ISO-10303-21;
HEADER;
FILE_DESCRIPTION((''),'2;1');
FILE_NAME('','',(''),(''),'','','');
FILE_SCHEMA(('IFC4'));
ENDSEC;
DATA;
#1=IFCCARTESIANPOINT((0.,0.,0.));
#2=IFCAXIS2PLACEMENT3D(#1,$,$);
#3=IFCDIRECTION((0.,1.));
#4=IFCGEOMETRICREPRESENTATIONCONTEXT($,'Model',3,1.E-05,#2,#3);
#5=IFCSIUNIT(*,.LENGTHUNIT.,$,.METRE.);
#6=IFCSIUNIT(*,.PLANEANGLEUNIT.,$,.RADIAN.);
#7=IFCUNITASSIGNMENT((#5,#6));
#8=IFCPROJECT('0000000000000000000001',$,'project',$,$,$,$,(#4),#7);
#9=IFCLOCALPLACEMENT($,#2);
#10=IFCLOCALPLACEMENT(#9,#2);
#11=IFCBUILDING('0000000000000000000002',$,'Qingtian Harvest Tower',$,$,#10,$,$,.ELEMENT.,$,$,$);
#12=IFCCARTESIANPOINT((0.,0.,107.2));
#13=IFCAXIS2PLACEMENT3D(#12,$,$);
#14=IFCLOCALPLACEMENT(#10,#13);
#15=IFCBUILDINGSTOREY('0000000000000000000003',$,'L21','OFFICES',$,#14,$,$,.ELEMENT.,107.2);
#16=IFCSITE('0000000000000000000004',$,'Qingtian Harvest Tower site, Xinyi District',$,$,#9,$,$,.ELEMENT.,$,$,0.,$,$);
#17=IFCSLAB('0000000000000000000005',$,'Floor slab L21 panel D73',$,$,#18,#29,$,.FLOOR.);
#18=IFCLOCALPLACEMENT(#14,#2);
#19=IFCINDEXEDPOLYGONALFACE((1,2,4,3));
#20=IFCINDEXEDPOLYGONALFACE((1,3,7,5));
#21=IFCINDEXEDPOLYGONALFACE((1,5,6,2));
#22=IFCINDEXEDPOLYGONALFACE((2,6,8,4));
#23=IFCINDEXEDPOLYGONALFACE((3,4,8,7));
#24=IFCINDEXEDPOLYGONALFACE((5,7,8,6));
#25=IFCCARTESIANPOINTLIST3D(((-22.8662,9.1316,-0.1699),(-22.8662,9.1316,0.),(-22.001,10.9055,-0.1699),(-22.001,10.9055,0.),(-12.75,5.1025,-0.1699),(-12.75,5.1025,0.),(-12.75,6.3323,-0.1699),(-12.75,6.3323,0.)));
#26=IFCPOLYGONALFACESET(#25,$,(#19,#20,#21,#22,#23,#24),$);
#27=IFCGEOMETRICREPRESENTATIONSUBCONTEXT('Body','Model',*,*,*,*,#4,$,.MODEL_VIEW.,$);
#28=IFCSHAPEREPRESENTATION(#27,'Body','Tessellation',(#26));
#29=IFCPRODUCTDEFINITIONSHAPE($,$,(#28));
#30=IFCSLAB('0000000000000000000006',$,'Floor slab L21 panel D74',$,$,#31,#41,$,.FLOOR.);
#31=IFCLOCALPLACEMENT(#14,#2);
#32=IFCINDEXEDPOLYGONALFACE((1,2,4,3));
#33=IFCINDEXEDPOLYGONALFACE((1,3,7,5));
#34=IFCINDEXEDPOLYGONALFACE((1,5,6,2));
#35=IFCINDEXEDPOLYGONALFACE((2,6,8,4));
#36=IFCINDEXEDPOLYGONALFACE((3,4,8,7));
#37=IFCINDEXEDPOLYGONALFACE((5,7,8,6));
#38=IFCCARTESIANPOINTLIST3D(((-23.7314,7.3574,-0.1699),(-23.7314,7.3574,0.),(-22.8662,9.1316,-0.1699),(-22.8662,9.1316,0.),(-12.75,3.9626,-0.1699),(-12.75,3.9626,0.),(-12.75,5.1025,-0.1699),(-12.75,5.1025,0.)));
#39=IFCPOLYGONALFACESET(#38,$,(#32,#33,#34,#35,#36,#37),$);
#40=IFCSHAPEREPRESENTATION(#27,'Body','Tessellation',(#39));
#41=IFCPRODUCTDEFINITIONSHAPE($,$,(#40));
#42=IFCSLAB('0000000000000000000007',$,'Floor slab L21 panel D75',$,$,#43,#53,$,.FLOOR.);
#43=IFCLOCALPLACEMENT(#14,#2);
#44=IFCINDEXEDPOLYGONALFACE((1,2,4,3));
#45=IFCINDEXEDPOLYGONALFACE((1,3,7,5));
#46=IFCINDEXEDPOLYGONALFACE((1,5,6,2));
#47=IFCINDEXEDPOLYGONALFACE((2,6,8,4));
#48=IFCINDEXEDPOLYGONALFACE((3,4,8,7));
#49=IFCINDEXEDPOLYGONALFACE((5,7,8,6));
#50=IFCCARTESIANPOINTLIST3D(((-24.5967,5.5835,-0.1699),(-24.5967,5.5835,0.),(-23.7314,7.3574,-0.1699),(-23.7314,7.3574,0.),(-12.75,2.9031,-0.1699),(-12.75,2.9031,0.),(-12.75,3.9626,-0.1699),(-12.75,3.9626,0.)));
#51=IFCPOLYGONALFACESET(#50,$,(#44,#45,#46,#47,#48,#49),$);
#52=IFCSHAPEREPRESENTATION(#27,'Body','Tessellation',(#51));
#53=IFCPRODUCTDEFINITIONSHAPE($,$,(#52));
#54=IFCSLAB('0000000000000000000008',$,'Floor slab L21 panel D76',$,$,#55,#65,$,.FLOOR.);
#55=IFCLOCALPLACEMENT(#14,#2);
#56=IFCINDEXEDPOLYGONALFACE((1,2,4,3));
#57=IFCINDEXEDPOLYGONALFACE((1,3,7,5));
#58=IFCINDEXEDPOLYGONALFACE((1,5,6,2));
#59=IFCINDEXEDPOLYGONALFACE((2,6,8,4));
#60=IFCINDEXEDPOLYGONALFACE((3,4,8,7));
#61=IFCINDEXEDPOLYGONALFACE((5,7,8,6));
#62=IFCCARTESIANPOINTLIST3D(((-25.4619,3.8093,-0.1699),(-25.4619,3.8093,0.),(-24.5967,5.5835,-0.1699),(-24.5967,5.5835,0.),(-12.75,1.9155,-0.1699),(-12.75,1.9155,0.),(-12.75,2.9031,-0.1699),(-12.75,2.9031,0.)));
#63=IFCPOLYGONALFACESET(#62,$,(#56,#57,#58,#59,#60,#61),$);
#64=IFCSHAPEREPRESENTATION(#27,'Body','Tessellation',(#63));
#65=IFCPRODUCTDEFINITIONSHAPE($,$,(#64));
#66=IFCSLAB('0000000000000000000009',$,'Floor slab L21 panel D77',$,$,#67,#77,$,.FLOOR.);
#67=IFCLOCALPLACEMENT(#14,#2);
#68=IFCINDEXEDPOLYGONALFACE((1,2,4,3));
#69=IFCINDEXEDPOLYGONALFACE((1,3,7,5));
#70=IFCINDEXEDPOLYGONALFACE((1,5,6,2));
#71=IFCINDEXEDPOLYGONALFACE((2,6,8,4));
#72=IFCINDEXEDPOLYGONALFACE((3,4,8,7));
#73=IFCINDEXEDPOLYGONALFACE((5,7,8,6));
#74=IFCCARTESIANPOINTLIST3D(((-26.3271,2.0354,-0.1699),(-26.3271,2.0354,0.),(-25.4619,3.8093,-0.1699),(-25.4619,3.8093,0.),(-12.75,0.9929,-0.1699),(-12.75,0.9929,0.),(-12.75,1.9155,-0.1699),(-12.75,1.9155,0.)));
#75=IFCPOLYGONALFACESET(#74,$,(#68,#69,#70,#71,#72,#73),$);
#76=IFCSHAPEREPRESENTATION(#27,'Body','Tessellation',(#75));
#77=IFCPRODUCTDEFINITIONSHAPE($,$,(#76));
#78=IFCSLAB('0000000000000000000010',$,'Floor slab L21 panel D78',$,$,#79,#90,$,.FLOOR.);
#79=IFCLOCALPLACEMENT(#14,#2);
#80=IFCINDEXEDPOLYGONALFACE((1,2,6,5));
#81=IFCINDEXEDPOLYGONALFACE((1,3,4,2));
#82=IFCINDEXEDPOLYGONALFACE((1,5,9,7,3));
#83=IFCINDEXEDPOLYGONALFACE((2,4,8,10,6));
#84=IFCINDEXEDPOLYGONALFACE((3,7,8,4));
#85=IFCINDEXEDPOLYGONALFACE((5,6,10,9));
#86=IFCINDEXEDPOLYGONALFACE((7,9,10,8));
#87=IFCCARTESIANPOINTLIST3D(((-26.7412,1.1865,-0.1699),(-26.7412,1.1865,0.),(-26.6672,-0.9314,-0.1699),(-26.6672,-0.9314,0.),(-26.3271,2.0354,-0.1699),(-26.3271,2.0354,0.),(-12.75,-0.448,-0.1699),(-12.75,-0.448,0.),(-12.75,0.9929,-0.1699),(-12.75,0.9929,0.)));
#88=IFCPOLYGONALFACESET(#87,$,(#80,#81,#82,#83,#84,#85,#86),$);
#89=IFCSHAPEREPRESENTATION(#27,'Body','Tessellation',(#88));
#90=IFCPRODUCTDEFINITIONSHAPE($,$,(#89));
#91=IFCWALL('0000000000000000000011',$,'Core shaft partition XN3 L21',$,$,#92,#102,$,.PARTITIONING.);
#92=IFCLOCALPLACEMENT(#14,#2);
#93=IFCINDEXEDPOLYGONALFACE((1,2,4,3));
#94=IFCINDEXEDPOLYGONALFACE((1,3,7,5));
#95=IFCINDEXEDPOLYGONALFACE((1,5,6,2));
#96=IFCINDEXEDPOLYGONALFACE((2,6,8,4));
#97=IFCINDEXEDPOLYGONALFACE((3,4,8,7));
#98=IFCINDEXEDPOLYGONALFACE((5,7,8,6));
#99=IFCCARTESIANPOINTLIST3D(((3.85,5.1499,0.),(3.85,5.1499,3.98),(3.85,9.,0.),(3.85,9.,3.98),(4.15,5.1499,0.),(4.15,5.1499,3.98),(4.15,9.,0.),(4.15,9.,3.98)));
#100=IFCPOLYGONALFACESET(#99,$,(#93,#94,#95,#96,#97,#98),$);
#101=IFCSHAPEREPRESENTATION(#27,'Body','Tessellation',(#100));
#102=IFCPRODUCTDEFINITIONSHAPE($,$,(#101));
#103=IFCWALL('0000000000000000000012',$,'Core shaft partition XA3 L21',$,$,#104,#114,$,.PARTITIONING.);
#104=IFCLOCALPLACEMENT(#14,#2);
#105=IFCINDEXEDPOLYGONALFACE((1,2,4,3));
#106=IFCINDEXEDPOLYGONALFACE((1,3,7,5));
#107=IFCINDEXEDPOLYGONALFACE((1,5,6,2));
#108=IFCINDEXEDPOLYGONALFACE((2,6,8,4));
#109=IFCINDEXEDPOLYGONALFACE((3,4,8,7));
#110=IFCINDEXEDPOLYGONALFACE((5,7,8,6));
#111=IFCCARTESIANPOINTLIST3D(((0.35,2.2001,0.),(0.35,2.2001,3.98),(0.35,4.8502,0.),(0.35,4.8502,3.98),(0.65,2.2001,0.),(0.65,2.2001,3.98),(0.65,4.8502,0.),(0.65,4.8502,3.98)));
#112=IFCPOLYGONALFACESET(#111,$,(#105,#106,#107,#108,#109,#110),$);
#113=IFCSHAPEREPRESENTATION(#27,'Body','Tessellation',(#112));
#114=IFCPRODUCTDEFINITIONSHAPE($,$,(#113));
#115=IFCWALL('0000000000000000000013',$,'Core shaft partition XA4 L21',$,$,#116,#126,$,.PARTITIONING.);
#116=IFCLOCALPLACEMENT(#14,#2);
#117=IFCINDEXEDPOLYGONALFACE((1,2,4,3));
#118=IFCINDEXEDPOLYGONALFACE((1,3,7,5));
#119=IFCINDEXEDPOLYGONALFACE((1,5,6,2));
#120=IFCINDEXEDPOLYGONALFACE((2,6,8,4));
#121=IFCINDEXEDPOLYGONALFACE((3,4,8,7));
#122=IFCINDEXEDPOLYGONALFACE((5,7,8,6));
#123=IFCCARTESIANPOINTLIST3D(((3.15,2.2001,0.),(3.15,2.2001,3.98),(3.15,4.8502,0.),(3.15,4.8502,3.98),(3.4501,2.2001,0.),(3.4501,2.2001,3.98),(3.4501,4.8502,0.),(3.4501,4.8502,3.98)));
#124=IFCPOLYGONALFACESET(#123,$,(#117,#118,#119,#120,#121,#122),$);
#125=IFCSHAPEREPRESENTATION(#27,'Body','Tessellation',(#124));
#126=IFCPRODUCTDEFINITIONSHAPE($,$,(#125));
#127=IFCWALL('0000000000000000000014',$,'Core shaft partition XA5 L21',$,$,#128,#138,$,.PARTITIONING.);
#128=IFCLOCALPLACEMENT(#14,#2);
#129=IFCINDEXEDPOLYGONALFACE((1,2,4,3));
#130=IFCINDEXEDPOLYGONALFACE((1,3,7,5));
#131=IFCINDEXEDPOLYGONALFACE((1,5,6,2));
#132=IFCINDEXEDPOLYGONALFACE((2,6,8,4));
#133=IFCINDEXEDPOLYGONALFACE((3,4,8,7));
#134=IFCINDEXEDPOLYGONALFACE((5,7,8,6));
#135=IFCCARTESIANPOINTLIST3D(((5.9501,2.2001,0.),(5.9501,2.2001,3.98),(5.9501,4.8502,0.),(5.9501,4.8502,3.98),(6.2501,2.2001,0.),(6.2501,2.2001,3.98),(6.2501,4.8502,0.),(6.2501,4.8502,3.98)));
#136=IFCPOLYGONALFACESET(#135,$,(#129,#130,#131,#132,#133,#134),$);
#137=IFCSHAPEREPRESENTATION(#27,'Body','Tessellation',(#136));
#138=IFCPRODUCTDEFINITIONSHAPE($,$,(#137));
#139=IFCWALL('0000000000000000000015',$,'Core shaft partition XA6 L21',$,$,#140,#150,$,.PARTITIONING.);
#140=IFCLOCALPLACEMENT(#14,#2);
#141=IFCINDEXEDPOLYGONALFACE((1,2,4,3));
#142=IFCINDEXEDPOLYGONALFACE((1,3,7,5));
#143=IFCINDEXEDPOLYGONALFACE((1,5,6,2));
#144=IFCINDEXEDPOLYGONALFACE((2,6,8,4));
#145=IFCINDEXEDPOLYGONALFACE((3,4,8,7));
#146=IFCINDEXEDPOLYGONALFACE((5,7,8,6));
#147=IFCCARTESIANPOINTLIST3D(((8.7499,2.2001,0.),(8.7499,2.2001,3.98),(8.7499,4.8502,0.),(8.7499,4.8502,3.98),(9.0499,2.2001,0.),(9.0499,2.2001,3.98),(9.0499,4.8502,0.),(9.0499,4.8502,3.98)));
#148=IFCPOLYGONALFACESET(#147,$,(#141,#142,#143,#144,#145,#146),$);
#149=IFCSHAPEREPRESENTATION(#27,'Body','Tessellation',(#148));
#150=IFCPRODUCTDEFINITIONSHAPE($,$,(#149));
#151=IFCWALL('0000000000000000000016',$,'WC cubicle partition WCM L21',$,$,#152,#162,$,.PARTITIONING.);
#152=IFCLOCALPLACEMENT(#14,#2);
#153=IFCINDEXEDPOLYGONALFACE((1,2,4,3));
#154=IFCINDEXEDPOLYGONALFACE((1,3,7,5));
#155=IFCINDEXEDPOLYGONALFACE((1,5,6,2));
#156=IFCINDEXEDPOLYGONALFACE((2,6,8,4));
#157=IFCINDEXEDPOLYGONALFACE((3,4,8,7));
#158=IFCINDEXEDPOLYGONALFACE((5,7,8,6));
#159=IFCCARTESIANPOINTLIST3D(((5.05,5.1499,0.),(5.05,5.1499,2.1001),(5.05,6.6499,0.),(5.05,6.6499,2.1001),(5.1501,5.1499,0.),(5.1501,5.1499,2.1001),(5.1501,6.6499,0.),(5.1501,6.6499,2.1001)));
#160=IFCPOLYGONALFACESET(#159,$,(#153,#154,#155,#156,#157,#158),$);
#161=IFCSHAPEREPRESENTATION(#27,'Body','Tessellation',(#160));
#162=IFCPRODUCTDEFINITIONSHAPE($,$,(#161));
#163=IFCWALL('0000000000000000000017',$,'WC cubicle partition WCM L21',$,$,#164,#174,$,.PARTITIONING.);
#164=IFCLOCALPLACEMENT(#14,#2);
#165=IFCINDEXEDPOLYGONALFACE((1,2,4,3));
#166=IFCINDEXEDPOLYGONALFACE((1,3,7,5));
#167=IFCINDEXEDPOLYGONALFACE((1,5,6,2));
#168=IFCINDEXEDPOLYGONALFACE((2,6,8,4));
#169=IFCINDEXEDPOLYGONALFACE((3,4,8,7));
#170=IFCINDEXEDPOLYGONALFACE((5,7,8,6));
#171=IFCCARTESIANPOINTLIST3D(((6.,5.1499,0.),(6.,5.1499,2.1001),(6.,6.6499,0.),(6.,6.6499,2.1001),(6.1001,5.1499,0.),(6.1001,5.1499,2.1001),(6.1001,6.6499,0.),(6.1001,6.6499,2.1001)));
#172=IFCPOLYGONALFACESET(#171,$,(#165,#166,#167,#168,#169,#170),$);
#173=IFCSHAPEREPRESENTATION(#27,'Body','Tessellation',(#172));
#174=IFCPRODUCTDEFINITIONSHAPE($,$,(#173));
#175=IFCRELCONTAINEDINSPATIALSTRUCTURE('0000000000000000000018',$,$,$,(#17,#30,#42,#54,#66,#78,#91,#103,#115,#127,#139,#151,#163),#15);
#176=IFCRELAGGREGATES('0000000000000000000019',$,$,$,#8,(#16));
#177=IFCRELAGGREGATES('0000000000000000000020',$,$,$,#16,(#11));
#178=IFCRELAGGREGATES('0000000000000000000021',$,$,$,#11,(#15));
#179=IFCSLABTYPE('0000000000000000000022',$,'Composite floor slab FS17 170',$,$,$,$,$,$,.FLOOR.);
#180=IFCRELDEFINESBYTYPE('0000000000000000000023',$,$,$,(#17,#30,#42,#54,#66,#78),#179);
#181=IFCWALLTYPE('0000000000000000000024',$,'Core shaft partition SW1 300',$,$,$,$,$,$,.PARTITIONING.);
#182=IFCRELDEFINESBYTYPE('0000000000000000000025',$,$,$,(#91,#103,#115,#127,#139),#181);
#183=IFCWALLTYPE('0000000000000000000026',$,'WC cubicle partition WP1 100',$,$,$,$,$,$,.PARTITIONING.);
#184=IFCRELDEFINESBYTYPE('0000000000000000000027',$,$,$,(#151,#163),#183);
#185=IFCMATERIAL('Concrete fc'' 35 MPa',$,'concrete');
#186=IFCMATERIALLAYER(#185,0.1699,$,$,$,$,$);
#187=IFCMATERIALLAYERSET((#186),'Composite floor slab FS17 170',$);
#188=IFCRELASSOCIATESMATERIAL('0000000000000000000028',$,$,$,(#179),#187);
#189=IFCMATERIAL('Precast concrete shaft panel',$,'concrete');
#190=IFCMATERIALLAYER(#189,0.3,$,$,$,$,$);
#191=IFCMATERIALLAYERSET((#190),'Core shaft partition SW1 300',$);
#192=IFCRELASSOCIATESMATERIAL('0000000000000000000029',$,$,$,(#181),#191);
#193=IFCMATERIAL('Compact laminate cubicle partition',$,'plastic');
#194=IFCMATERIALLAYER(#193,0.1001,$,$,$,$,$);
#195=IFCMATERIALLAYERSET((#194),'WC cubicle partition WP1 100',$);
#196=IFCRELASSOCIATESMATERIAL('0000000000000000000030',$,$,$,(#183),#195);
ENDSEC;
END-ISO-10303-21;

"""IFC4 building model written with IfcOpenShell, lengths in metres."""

from ifc_helpers import new_model, si_unit, direction, frame, frame_2d, origin, place, context, subcontext, project, spatial, polyline, rectangle, outline, extrude, material, layer, layer_set, type_object, element, save


model = new_model("IFC4")

# Units and contexts
model_context = context("Model", 3, precision=1e-05, world=origin(), true_north=direction((0.0, 1.0)))
body_context = subcontext(model_context, "Body", "Model", "MODEL_VIEW")
ifc_project = project(units=[si_unit("LENGTHUNIT", "METRE"), si_unit("PLANEANGLEUNIT", "RADIAN")], contexts=[model_context])

# Site, building, storey
site_placement = place(None, origin())
site = spatial("IfcSite", under=ifc_project, at=site_placement, Name="Qingtian Harvest Tower site, Xinyi District", CompositionType="ELEMENT", RefElevation=0.0)
building_placement = place(site_placement, origin())
building = spatial("IfcBuilding", under=site, at=building_placement, Name="Qingtian Harvest Tower", CompositionType="ELEMENT")
storey_placement = place(building_placement, frame((0.0, 0.0, 107.2)))
storey = spatial("IfcBuildingStorey", under=building, at=storey_placement, Name="L21", Description="OFFICES", CompositionType="ELEMENT", Elevation=107.2)

# Slabs
ifc_material_1 = material(Name="Concrete fc' 35 MPa", Category="concrete")
ifc_layer_1 = layer(ifc_material_1, 0.1699)
ifc_layer_set_1 = layer_set([ifc_layer_1], Name="Composite floor slab FS17 170")
slab_type = type_object("IfcSlabType", Name="Composite floor slab FS17 170", PredefinedType="FLOOR", material=ifc_layer_set_1)
slab_1_placement = place(storey_placement, frame((0.0, 0.0, -0.1699)))
element("IfcSlab", 1, at=slab_1_placement, inside=storey, type_object=slab_type, Name="Floor slab L21 panel D73", PredefinedType="FLOOR", context=body_context, shape_type="SweptSolid", body=[
    extrude(outline(polyline([(-12.75, 5.1025), (-22.8662, 9.1316), (-22.001, 10.9055), (-12.75, 6.3323), (-12.75, 5.1025)])), origin(), (0.0, 0.0, 1.0), 0.1699),
])
slab_2_placement = place(storey_placement, frame((0.0, 0.0, -0.1699)))
element("IfcSlab", 2, at=slab_2_placement, inside=storey, type_object=slab_type, Name="Floor slab L21 panel D74", PredefinedType="FLOOR", context=body_context, shape_type="SweptSolid", body=[
    extrude(outline(polyline([(-12.75, 3.9626), (-23.7314, 7.3574), (-22.8662, 9.1316), (-12.75, 5.1025), (-12.75, 3.9626)])), origin(), (0.0, 0.0, 1.0), 0.1699),
])
slab_3_placement = place(storey_placement, frame((0.0, 0.0, -0.1699)))
element("IfcSlab", 3, at=slab_3_placement, inside=storey, type_object=slab_type, Name="Floor slab L21 panel D75", PredefinedType="FLOOR", context=body_context, shape_type="SweptSolid", body=[
    extrude(outline(polyline([(-12.75, 2.9031), (-24.5967, 5.5835), (-23.7314, 7.3574), (-12.75, 3.9626), (-12.75, 2.9031)])), origin(), (0.0, 0.0, 1.0), 0.1699),
])
slab_4_placement = place(storey_placement, frame((0.0, 0.0, -0.1699)))
element("IfcSlab", 4, at=slab_4_placement, inside=storey, type_object=slab_type, Name="Floor slab L21 panel D76", PredefinedType="FLOOR", context=body_context, shape_type="SweptSolid", body=[
    extrude(outline(polyline([(-12.75, 1.9155), (-25.4619, 3.8093), (-24.5967, 5.5835), (-12.75, 2.9031), (-12.75, 1.9155)])), origin(), (0.0, 0.0, 1.0), 0.1699),
])
slab_5_placement = place(storey_placement, frame((0.0, 0.0, -0.1699)))
element("IfcSlab", 5, at=slab_5_placement, inside=storey, type_object=slab_type, Name="Floor slab L21 panel D77", PredefinedType="FLOOR", context=body_context, shape_type="SweptSolid", body=[
    extrude(outline(polyline([(-12.75, 0.9929), (-26.3271, 2.0354), (-25.4619, 3.8093), (-12.75, 1.9155), (-12.75, 0.9929)])), origin(), (0.0, 0.0, 1.0), 0.1699),
])
slab_6_placement = place(storey_placement, frame((0.0, 0.0, -0.1699)))
element("IfcSlab", 6, at=slab_6_placement, inside=storey, type_object=slab_type, Name="Floor slab L21 panel D78", PredefinedType="FLOOR", context=body_context, shape_type="SweptSolid", body=[
    extrude(outline(polyline([(-12.75, 0.9929), (-12.75, -0.448), (-26.6672, -0.9314), (-26.7412, 1.1865), (-26.3271, 2.0354), (-12.75, 0.9929)])), origin(), (0.0, 0.0, 1.0), 0.1699),
])

# Shared definitions
ifc_material_2 = material(Name="Precast concrete shaft panel", Category="concrete")
ifc_layer_2 = layer(ifc_material_2, 0.3)
ifc_layer_set_2 = layer_set([ifc_layer_2], Name="Core shaft partition SW1 300")
wall_type_1 = type_object("IfcWallType", Name="Core shaft partition SW1 300", PredefinedType="PARTITIONING", material=ifc_layer_set_2)

# Walls
wall_1_placement = place(storey_placement, frame((4.0, 5.1499, 0.0), z_axis=(0.0, 0.0, 1.0), x_axis=(0.0, 1.0, 0.0)))
element("IfcWall", 7, at=wall_1_placement, inside=storey, type_object=wall_type_1, Name="Core shaft partition XN3 L21", PredefinedType="PARTITIONING", context=body_context, shape_type="SweptSolid", body=[
    extrude(rectangle(XDim=3.8501, YDim=0.3, at=frame_2d((1.925, 0.0))), origin(), (0.0, 0.0, 1.0), 3.98),
])
for number, where, z_axis, x_axis, name in (
    (8, (0.5, 2.2, 0.0), (0.0, 0.0, 1.0), (0.0, 1.0, 0.0), "Core shaft partition XA3 L21"),
    (9, (3.3, 2.2, 0.0), (0.0, 0.0, 1.0), (0.0, 1.0, 0.0), "Core shaft partition XA4 L21"),
    (10, (6.1001, 2.2, 0.0), (0.0, 0.0, 1.0), (0.0, 1.0, 0.0), "Core shaft partition XA5 L21"),
    (11, (8.8999, 2.2, 0.0), (0.0, 0.0, 1.0), (0.0, 1.0, 0.0), "Core shaft partition XA6 L21"),
):
    element("IfcWall", number, at=place(storey_placement, frame(where, z_axis=z_axis, x_axis=x_axis)), inside=storey, type_object=wall_type_1, Name=name, PredefinedType="PARTITIONING", context=body_context, shape_type="SweptSolid", body=[
        extrude(rectangle(XDim=2.6501, YDim=0.3, at=frame_2d((1.3252, 0.0))), origin(), (0.0, 0.0, 1.0), 3.98),
    ])

# Walls
ifc_material_3 = material(Name="Compact laminate cubicle partition", Category="plastic")
ifc_layer_3 = layer(ifc_material_3, 0.1001)
ifc_layer_set_3 = layer_set([ifc_layer_3], Name="WC cubicle partition WP1 100")
wall_type_2 = type_object("IfcWallType", Name="WC cubicle partition WP1 100", PredefinedType="PARTITIONING", material=ifc_layer_set_3)
for number, where, z_axis, x_axis, name in (
    (12, (5.1001, 5.1499, 0.0), (0.0, 0.0, 1.0), (0.0, 1.0, 0.0), "WC cubicle partition WCM L21"),
    (13, (6.05, 5.1499, 0.0), (0.0, 0.0, 1.0), (0.0, 1.0, 0.0), "WC cubicle partition WCM L21"),
):
    element("IfcWall", number, at=place(storey_placement, frame(where, z_axis=z_axis, x_axis=x_axis)), inside=storey, type_object=wall_type_2, Name=name, PredefinedType="PARTITIONING", context=body_context, shape_type="SweptSolid", body=[
        extrude(rectangle(XDim=1.5, YDim=0.1001, at=frame_2d((0.75, 0.0))), origin(), (0.0, 0.0, 1.0), 2.1001),
    ])

save(model, "model.ifc")
